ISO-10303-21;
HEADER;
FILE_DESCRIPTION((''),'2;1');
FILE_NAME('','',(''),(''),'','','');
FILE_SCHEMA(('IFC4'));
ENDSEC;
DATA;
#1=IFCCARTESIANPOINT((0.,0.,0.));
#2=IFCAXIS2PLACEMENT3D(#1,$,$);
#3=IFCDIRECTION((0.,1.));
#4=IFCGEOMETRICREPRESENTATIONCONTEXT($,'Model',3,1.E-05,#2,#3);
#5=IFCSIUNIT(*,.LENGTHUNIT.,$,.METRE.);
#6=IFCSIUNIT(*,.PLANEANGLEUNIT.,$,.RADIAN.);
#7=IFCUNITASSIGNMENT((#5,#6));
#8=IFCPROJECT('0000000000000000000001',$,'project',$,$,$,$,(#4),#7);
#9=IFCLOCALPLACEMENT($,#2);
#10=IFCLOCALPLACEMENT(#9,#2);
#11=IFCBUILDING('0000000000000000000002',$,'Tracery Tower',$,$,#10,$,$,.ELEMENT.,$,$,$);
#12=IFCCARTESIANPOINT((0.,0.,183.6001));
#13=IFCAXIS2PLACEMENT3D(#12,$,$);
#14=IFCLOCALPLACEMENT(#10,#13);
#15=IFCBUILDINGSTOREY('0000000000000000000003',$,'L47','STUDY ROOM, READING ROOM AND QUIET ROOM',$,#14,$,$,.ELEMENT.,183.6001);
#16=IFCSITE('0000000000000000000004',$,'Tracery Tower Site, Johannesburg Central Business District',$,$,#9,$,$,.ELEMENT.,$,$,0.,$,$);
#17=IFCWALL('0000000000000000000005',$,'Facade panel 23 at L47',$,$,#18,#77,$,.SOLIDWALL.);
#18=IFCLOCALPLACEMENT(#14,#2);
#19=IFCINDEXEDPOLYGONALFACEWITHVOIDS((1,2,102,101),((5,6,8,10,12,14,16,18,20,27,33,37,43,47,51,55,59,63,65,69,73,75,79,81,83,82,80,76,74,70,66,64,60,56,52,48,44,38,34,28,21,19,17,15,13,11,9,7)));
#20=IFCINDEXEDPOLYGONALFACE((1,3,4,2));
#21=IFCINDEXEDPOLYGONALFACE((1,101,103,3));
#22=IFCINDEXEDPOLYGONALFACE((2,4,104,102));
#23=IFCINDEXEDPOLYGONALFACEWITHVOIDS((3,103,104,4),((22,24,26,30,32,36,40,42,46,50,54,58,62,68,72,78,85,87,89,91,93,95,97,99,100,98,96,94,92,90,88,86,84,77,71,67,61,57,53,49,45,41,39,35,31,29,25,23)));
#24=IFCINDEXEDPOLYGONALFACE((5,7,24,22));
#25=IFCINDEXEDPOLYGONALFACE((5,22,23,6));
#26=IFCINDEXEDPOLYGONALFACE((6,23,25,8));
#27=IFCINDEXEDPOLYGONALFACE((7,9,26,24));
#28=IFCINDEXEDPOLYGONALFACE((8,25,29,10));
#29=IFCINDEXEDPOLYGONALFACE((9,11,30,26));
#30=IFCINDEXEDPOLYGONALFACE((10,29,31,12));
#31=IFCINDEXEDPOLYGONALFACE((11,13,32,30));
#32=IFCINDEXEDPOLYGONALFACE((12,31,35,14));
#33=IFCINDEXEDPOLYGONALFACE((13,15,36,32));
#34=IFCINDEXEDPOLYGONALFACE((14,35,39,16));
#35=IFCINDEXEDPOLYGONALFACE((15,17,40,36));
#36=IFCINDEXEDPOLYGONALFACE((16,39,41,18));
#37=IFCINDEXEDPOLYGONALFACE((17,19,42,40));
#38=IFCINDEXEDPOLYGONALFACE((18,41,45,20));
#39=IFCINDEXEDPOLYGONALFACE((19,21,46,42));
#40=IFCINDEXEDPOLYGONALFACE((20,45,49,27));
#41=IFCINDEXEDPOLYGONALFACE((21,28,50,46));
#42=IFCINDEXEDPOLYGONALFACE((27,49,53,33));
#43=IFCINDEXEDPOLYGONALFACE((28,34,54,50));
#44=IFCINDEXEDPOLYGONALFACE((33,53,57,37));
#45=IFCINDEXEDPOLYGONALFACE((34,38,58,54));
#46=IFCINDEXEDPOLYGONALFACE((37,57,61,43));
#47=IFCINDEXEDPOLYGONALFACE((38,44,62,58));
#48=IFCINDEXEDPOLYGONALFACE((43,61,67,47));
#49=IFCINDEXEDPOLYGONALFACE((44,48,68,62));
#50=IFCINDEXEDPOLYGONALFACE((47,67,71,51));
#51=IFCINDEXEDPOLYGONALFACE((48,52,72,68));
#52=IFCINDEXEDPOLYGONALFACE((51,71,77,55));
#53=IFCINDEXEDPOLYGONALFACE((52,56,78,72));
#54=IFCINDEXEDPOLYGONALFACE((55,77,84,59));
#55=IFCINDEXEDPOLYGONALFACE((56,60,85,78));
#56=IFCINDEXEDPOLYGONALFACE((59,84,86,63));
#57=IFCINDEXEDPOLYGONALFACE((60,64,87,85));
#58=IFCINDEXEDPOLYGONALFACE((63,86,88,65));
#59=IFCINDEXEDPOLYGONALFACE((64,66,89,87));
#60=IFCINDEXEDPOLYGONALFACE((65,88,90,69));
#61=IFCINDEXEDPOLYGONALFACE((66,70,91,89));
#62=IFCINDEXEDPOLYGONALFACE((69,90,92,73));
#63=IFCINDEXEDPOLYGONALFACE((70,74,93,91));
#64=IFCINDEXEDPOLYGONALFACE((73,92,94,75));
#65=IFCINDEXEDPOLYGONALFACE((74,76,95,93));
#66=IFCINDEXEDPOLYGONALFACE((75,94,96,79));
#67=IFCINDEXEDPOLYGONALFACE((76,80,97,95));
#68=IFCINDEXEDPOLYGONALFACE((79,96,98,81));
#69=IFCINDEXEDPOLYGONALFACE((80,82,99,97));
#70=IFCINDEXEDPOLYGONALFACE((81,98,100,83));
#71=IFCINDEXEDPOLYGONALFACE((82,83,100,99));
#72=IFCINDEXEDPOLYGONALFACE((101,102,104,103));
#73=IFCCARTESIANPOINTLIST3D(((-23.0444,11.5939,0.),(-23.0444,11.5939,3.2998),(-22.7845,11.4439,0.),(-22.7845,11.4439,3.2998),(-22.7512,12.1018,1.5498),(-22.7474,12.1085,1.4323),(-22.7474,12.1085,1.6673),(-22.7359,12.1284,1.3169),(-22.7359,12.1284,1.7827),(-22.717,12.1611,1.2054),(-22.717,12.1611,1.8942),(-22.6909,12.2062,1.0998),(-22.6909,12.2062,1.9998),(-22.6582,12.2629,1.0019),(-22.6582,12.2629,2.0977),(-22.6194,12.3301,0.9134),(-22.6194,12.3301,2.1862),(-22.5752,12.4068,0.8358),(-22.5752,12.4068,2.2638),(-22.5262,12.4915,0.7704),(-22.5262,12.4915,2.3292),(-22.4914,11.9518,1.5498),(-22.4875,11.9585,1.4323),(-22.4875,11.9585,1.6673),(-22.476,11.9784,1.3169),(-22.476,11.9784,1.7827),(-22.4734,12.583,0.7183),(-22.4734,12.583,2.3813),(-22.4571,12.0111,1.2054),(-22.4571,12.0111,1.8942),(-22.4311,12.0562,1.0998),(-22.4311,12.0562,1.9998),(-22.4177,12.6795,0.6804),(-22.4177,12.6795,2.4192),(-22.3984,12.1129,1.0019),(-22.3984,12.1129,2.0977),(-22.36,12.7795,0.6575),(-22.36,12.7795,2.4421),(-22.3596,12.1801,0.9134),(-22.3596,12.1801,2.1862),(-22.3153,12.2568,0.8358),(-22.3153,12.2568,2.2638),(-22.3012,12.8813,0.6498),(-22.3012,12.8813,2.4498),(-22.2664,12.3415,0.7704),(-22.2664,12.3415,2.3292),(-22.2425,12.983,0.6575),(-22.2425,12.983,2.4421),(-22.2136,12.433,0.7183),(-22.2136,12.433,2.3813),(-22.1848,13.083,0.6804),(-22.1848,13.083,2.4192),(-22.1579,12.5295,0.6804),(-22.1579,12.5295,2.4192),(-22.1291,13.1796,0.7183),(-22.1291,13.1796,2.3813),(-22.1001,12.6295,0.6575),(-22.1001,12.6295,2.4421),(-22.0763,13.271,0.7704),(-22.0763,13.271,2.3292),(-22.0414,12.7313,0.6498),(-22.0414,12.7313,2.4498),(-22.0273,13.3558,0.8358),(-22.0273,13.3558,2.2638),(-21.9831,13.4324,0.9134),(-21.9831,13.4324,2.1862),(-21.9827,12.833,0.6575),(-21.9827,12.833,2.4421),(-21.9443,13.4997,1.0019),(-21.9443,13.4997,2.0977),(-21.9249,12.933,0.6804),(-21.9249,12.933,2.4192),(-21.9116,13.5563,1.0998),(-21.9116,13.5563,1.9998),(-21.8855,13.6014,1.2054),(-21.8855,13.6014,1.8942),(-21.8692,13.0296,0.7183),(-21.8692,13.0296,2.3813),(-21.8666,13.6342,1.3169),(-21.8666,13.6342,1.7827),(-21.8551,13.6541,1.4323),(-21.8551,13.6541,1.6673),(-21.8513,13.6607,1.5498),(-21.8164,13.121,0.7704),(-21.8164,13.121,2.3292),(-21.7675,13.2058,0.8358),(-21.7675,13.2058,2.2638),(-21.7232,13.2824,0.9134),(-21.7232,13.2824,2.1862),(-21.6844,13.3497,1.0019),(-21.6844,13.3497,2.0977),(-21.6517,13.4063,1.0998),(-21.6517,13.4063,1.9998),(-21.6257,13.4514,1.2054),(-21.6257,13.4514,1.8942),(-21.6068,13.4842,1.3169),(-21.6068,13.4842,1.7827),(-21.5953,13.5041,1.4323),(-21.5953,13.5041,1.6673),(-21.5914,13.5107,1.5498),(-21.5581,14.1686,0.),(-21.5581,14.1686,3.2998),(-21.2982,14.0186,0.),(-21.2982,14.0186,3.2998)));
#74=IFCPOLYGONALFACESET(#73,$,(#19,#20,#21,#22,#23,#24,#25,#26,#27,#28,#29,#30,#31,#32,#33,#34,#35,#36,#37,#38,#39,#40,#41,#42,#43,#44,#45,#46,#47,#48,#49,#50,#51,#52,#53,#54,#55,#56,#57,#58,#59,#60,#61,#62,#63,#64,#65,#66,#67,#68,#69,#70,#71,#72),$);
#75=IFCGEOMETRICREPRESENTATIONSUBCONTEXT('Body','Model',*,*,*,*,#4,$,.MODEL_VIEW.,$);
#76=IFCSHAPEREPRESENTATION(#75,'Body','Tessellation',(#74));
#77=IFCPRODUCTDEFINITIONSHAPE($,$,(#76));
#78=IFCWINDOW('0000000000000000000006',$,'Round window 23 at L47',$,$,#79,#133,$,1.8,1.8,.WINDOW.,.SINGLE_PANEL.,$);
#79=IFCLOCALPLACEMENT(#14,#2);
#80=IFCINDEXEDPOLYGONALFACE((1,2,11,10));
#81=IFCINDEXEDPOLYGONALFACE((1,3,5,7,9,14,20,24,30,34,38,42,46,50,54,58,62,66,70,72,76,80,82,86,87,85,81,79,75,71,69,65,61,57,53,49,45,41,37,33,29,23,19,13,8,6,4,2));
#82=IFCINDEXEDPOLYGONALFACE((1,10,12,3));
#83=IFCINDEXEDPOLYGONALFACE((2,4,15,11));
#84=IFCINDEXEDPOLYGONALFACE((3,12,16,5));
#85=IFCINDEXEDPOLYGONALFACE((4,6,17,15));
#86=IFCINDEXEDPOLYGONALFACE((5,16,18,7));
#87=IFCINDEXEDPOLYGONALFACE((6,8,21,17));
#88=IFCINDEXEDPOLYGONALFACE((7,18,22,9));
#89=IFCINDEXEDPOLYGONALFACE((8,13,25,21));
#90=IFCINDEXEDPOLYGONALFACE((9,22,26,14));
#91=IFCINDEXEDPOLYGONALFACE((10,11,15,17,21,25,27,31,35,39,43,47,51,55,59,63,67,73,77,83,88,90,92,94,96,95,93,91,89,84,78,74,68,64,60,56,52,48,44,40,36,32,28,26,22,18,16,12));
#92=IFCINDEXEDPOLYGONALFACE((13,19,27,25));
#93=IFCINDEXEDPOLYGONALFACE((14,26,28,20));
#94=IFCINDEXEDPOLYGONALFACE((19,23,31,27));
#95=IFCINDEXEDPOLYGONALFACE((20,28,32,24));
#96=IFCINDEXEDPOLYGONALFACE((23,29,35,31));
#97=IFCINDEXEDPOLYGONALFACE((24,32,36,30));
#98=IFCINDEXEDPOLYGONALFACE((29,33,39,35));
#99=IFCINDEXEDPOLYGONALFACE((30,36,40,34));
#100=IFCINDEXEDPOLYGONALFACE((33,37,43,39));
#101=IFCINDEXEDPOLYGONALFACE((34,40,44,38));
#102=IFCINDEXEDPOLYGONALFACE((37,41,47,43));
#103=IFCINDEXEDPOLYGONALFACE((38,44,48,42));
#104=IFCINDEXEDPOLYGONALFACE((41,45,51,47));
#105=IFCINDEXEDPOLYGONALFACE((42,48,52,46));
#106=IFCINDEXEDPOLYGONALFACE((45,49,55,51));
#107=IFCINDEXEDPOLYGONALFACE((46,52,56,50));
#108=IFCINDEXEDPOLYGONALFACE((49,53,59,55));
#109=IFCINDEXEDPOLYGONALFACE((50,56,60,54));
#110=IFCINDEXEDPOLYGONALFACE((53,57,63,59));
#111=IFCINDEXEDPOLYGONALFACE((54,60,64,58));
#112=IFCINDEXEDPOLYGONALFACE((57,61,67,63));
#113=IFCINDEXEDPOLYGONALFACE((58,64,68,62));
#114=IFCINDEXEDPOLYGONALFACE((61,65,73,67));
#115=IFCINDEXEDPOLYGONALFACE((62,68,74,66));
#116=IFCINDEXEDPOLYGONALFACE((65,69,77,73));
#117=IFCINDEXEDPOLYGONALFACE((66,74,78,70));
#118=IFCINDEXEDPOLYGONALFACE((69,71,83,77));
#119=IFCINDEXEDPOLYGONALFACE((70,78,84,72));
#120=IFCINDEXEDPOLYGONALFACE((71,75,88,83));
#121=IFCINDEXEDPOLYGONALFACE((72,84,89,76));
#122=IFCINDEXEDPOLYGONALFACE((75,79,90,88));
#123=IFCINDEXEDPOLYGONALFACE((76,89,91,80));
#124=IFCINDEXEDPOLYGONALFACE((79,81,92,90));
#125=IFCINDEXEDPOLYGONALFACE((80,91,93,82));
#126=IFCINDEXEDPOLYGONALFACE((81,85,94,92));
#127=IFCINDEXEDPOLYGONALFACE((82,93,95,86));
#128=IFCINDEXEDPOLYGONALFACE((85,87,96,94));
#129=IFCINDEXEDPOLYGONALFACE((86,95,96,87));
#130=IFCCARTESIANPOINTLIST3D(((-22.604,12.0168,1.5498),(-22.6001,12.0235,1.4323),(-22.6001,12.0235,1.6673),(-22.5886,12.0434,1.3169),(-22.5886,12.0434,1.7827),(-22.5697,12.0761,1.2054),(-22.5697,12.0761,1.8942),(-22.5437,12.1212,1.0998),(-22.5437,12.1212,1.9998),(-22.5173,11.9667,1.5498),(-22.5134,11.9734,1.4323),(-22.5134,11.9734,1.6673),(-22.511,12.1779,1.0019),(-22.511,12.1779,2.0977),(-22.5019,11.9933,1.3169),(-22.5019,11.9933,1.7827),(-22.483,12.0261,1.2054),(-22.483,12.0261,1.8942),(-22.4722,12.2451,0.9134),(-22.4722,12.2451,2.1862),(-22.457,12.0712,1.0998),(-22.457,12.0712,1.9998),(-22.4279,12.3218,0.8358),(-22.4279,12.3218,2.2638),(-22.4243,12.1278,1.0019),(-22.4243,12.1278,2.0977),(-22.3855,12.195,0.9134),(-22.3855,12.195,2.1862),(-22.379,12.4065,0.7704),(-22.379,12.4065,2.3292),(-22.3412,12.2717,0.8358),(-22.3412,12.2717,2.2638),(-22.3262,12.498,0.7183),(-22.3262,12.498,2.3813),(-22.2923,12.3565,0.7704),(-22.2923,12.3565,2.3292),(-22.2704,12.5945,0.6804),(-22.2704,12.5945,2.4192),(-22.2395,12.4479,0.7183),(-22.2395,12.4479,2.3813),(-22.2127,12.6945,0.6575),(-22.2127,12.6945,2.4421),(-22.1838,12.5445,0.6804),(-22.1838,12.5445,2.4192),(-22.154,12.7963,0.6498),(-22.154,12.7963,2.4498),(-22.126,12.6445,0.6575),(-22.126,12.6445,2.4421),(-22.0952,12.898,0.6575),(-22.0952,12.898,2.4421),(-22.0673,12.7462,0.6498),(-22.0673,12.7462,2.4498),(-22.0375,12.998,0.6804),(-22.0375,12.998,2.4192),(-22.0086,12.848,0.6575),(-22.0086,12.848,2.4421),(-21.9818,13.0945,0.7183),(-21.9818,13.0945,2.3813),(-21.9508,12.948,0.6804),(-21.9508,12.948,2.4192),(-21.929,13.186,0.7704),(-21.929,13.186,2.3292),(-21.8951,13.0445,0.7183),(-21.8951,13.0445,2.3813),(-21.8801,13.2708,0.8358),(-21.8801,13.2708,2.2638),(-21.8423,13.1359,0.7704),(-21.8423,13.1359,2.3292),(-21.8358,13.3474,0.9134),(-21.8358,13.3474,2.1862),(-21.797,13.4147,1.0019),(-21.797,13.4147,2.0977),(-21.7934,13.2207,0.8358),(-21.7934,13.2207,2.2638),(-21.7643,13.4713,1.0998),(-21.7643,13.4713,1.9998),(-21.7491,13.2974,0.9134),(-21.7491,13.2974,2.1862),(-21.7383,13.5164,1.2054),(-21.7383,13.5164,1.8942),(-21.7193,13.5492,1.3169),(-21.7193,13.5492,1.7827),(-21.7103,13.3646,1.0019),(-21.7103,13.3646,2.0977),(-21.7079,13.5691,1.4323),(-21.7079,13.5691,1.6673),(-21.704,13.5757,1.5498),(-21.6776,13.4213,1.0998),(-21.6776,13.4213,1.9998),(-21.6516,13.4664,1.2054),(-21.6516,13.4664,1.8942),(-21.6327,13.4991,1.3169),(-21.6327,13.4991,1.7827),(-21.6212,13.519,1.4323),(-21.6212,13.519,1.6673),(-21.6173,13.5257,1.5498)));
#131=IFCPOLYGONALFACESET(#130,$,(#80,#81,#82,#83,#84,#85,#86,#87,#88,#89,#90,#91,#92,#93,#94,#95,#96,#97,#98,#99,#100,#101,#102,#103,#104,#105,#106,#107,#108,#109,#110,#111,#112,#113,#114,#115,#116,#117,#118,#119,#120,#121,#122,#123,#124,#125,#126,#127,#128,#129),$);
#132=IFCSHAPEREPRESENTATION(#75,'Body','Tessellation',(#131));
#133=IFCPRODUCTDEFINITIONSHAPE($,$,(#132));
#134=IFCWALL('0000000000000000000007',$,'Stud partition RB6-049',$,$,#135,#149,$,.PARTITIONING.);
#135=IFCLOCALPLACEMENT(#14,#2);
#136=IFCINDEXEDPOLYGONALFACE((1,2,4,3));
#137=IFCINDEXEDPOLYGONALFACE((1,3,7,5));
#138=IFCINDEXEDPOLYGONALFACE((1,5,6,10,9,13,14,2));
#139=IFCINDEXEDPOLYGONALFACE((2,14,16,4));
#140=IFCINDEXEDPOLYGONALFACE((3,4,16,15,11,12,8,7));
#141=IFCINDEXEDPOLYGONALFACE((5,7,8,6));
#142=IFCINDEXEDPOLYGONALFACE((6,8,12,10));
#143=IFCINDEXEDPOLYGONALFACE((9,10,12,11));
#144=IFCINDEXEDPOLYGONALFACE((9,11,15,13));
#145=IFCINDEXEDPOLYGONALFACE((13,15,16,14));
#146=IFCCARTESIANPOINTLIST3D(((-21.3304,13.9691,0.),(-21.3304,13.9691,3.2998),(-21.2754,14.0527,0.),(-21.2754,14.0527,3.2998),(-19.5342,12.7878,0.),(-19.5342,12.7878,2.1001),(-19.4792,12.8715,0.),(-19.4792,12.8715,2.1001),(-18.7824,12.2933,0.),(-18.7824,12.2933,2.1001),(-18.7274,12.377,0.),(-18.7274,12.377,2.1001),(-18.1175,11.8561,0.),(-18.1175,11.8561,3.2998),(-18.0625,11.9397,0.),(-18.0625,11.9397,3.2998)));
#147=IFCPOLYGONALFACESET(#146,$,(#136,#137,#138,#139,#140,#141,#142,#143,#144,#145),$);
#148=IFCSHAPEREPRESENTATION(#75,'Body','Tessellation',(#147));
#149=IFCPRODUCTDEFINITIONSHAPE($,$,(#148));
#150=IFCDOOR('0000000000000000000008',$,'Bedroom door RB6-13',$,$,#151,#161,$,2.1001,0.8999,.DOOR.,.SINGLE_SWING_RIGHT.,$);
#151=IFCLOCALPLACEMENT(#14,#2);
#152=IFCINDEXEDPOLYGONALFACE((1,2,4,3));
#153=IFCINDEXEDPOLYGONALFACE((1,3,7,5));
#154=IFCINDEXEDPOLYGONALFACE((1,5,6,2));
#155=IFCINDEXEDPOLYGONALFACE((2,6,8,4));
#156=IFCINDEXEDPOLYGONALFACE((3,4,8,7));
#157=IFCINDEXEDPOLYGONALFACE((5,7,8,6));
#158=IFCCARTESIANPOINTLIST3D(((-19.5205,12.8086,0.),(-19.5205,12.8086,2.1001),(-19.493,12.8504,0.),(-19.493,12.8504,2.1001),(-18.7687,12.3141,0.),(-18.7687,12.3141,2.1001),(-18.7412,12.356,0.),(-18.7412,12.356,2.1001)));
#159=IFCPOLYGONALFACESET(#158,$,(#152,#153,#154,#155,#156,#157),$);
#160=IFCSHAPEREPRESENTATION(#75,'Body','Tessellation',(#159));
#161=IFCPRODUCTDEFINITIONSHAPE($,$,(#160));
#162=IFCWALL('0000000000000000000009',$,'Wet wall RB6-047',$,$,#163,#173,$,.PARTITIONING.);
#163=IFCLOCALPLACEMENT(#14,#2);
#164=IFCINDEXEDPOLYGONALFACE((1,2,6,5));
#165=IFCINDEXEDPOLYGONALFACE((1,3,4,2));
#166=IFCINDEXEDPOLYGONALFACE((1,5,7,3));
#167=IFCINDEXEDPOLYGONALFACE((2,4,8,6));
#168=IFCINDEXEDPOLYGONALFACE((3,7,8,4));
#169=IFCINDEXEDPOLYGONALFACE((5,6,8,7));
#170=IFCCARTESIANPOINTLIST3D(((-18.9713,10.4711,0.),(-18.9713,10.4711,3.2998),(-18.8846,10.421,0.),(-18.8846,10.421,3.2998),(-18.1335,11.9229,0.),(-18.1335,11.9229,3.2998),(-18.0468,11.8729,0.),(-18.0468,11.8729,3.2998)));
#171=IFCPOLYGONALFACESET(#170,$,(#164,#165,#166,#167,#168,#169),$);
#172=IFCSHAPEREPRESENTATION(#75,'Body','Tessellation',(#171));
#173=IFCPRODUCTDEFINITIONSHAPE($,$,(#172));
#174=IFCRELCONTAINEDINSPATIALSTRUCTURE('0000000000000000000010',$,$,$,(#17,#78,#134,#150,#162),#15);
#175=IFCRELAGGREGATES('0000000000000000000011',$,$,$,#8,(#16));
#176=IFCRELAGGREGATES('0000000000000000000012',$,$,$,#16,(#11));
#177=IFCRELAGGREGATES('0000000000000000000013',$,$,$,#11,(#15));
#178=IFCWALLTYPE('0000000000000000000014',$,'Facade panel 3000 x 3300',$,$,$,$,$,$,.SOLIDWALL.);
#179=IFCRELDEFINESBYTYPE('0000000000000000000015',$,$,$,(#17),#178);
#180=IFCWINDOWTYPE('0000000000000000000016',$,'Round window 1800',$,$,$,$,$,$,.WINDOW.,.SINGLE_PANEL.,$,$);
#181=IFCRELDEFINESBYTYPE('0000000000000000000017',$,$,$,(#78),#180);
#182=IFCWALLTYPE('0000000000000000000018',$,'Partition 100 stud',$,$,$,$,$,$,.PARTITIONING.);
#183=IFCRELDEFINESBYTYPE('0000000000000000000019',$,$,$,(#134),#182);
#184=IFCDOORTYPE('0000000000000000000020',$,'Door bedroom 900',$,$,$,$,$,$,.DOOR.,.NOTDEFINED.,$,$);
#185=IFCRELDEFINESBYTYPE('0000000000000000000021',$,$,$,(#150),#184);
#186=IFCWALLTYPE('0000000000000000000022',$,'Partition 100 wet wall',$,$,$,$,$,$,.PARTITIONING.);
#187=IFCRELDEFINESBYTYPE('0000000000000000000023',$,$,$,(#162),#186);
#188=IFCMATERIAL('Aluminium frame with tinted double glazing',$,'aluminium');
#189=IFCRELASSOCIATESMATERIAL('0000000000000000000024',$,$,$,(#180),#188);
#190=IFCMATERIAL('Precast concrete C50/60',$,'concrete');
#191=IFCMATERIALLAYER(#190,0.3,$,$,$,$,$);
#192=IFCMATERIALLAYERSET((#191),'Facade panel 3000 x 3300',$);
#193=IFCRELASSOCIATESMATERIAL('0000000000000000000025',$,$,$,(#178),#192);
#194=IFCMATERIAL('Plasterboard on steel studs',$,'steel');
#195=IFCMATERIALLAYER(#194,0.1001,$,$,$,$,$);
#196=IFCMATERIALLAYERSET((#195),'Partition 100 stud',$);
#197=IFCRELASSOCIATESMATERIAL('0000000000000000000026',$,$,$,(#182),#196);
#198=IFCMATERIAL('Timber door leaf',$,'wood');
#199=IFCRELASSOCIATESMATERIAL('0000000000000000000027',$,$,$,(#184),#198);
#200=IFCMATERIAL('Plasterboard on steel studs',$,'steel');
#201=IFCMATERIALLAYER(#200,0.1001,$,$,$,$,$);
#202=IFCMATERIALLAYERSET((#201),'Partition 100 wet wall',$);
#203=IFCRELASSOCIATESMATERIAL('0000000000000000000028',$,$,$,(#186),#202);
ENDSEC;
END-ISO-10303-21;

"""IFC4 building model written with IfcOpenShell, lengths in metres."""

from ifc_helpers import new_model, si_unit, direction, frame, frame_2d, origin, origin_2d, place, context, subcontext, project, spatial, rectangle, circle, extrude, material, layer, layer_set, type_object, element, fill, save


model = new_model("IFC4")

# Units and contexts
model_context = context("Model", 3, precision=1e-05, world=origin(), true_north=direction((0.0, 1.0)))
body_context = subcontext(model_context, "Body", "Model", "MODEL_VIEW")
ifc_project = project(units=[si_unit("LENGTHUNIT", "METRE"), si_unit("PLANEANGLEUNIT", "RADIAN")], contexts=[model_context])

# Site, building, storey
site_placement = place(None, origin())
site = spatial("IfcSite", under=ifc_project, at=site_placement, Name="Tracery Tower Site, Johannesburg Central Business District", CompositionType="ELEMENT", RefElevation=0.0)
building_placement = place(site_placement, origin())
building = spatial("IfcBuilding", under=site, at=building_placement, Name="Tracery Tower", CompositionType="ELEMENT")
storey_placement = place(building_placement, frame((0.0, 0.0, 183.6001)))
storey = spatial("IfcBuildingStorey", under=building, at=storey_placement, Name="L47", Description="STUDY ROOM, READING ROOM AND QUIET ROOM", CompositionType="ELEMENT", Elevation=183.6001)

# Wall, opening, window
ifc_material_1 = material(Name="Aluminium frame with tinted double glazing", Category="aluminium")
window_type = type_object("IfcWindowType", Name="Round window 1800", PartitioningType="SINGLE_PANEL", PredefinedType="WINDOW", material=ifc_material_1)
ifc_material_2 = material(Name="Precast concrete C50/60", Category="concrete")
ifc_layer_1 = layer(ifc_material_2, 0.3)
ifc_layer_set_1 = layer_set([ifc_layer_1], Name="Facade panel 3000 x 3300")
wall_type_1 = type_object("IfcWallType", Name="Facade panel 3000 x 3300", PredefinedType="SOLIDWALL", material=ifc_layer_set_1)
wall_1_placement = place(storey_placement, frame((-21.4282, 14.0935, 0.0), z_axis=(0.0, 0.0, 1.0), x_axis=(-0.499955, -0.866052, 0.0)))
wall_1 = element("IfcWall", 1, at=wall_1_placement, inside=storey, type_object=wall_type_1, Name="Facade panel 23 at L47", PredefinedType="SOLIDWALL", context=body_context, shape_type="SweptSolid", body=[
    extrude(rectangle(XDim=2.9729, YDim=0.3, at=frame_2d((1.4863, 0.0))), origin(), (0.0, 0.0, 1.0), 3.2998),
])
opening_1_placement = place(wall_1_placement, frame((1.4863, 0.0, 1.5498)))
opening_1 = element("IfcOpeningElement", 2, at=opening_1_placement, cuts=wall_1, PredefinedType="OPENING", context=body_context, shape_type="SweptSolid", body=[
    extrude(circle(Radius=0.9, at=origin_2d()), frame((0.0, 0.1599, 0.0), z_axis=(0.0, -1.0, 0.0), x_axis=(1.0, 0.0, 0.0)), (0.0, 0.0, 1.0), 0.3201),
])
window_1_placement = place(opening_1_placement, origin())
window_1 = element("IfcWindow", 3, at=window_1_placement, inside=storey, type_object=window_type, Name="Round window 23 at L47", OverallHeight=1.8, OverallWidth=1.8, PartitioningType="SINGLE_PANEL", PredefinedType="WINDOW", context=body_context, shape_type="SweptSolid", body=[
    extrude(circle(Radius=0.9, at=origin_2d()), frame((0.0, 0.1201, 0.0), z_axis=(0.0, -1.0, 0.0), x_axis=(1.0, 0.0, 0.0)), (0.0, 0.0, 1.0), 0.1001),
])
fill(opening_1, window_1)

# Wall, opening, door
ifc_material_3 = material(Name="Plasterboard on steel studs", Category="steel")
ifc_layer_2 = layer(ifc_material_3, 0.1001)
ifc_layer_set_2 = layer_set([ifc_layer_2], Name="Partition 100 stud")
wall_type_2 = type_object("IfcWallType", Name="Partition 100 stud", PredefinedType="PARTITIONING", material=ifc_layer_set_2)
wall_2_placement = place(storey_placement, frame((-21.303, 14.011, 0.0), z_axis=(0.0, 0.0, 1.0), x_axis=(0.835501, -0.549488, 0.0)))
wall_2 = element("IfcWall", 4, at=wall_2_placement, inside=storey, type_object=wall_type_2, Name="Stud partition RB6-049", PredefinedType="PARTITIONING", context=body_context, shape_type="SweptSolid", body=[
    extrude(rectangle(XDim=3.8455, YDim=0.1001, at=frame_2d((1.9229, 0.0))), origin(), (0.0, 0.0, 1.0), 3.2998),
])
opening_2_placement = place(wall_2_placement, frame((2.1499, 0.0, 0.0)))
opening_2 = element("IfcOpeningElement", 5, at=opening_2_placement, cuts=wall_2, PredefinedType="OPENING", context=body_context, shape_type="SweptSolid", body=[
    extrude(rectangle(XDim=0.8999, YDim=2.1001, at=frame_2d((0.45, 1.05))), frame((0.0, 0.05, 0.0), z_axis=(0.0, -1.0, 0.0), x_axis=(1.0, 0.0, 0.0)), (0.0, 0.0, 1.0), 0.1001),
])
ifc_material_4 = material(Name="Timber door leaf", Category="wood")
door_type_1 = type_object("IfcDoorType", Name="Door bedroom 900", OperationType="NOTDEFINED", PredefinedType="DOOR", material=ifc_material_4)
door_1_placement = place(opening_2_placement, origin())
door_1 = element("IfcDoor", 6, at=door_1_placement, inside=storey, type_object=door_type_1, Name="Bedroom door RB6-13", OperationType="SINGLE_SWING_RIGHT", OverallHeight=2.1001, OverallWidth=0.8999, PredefinedType="DOOR", context=body_context, shape_type="SweptSolid", body=[
    extrude(rectangle(XDim=0.8999, YDim=2.1001, at=frame_2d((0.45, 1.05))), frame((0.0, 0.0249, 0.0), z_axis=(0.0, -1.0, 0.0), x_axis=(1.0, 0.0, 0.0)), (0.0, 0.0, 1.0), 0.05),
])
fill(opening_2, door_1)

# Wall
ifc_material_5 = material(Name="Plasterboard on steel studs", Category="steel")
ifc_layer_3 = layer(ifc_material_5, 0.1001)
ifc_layer_set_3 = layer_set([ifc_layer_3], Name="Partition 100 wet wall")
wall_type_3 = type_object("IfcWallType", Name="Partition 100 wet wall", PredefinedType="PARTITIONING", material=ifc_layer_set_3)
wall_3_placement = place(storey_placement, frame((-18.928, 10.446, 0.0), z_axis=(0.0, 0.0, 1.0), x_axis=(0.499836, 0.86612, 0.0)))
element("IfcWall", 7, at=wall_3_placement, inside=storey, type_object=wall_type_3, Name="Wet wall RB6-047", PredefinedType="PARTITIONING", context=body_context, shape_type="SweptSolid", body=[
    extrude(rectangle(XDim=1.6763, YDim=0.1001, at=frame_2d((0.8381, 0.0))), origin(), (0.0, 0.0, 1.0), 3.2998),
])

save(model, "model.ifc")
